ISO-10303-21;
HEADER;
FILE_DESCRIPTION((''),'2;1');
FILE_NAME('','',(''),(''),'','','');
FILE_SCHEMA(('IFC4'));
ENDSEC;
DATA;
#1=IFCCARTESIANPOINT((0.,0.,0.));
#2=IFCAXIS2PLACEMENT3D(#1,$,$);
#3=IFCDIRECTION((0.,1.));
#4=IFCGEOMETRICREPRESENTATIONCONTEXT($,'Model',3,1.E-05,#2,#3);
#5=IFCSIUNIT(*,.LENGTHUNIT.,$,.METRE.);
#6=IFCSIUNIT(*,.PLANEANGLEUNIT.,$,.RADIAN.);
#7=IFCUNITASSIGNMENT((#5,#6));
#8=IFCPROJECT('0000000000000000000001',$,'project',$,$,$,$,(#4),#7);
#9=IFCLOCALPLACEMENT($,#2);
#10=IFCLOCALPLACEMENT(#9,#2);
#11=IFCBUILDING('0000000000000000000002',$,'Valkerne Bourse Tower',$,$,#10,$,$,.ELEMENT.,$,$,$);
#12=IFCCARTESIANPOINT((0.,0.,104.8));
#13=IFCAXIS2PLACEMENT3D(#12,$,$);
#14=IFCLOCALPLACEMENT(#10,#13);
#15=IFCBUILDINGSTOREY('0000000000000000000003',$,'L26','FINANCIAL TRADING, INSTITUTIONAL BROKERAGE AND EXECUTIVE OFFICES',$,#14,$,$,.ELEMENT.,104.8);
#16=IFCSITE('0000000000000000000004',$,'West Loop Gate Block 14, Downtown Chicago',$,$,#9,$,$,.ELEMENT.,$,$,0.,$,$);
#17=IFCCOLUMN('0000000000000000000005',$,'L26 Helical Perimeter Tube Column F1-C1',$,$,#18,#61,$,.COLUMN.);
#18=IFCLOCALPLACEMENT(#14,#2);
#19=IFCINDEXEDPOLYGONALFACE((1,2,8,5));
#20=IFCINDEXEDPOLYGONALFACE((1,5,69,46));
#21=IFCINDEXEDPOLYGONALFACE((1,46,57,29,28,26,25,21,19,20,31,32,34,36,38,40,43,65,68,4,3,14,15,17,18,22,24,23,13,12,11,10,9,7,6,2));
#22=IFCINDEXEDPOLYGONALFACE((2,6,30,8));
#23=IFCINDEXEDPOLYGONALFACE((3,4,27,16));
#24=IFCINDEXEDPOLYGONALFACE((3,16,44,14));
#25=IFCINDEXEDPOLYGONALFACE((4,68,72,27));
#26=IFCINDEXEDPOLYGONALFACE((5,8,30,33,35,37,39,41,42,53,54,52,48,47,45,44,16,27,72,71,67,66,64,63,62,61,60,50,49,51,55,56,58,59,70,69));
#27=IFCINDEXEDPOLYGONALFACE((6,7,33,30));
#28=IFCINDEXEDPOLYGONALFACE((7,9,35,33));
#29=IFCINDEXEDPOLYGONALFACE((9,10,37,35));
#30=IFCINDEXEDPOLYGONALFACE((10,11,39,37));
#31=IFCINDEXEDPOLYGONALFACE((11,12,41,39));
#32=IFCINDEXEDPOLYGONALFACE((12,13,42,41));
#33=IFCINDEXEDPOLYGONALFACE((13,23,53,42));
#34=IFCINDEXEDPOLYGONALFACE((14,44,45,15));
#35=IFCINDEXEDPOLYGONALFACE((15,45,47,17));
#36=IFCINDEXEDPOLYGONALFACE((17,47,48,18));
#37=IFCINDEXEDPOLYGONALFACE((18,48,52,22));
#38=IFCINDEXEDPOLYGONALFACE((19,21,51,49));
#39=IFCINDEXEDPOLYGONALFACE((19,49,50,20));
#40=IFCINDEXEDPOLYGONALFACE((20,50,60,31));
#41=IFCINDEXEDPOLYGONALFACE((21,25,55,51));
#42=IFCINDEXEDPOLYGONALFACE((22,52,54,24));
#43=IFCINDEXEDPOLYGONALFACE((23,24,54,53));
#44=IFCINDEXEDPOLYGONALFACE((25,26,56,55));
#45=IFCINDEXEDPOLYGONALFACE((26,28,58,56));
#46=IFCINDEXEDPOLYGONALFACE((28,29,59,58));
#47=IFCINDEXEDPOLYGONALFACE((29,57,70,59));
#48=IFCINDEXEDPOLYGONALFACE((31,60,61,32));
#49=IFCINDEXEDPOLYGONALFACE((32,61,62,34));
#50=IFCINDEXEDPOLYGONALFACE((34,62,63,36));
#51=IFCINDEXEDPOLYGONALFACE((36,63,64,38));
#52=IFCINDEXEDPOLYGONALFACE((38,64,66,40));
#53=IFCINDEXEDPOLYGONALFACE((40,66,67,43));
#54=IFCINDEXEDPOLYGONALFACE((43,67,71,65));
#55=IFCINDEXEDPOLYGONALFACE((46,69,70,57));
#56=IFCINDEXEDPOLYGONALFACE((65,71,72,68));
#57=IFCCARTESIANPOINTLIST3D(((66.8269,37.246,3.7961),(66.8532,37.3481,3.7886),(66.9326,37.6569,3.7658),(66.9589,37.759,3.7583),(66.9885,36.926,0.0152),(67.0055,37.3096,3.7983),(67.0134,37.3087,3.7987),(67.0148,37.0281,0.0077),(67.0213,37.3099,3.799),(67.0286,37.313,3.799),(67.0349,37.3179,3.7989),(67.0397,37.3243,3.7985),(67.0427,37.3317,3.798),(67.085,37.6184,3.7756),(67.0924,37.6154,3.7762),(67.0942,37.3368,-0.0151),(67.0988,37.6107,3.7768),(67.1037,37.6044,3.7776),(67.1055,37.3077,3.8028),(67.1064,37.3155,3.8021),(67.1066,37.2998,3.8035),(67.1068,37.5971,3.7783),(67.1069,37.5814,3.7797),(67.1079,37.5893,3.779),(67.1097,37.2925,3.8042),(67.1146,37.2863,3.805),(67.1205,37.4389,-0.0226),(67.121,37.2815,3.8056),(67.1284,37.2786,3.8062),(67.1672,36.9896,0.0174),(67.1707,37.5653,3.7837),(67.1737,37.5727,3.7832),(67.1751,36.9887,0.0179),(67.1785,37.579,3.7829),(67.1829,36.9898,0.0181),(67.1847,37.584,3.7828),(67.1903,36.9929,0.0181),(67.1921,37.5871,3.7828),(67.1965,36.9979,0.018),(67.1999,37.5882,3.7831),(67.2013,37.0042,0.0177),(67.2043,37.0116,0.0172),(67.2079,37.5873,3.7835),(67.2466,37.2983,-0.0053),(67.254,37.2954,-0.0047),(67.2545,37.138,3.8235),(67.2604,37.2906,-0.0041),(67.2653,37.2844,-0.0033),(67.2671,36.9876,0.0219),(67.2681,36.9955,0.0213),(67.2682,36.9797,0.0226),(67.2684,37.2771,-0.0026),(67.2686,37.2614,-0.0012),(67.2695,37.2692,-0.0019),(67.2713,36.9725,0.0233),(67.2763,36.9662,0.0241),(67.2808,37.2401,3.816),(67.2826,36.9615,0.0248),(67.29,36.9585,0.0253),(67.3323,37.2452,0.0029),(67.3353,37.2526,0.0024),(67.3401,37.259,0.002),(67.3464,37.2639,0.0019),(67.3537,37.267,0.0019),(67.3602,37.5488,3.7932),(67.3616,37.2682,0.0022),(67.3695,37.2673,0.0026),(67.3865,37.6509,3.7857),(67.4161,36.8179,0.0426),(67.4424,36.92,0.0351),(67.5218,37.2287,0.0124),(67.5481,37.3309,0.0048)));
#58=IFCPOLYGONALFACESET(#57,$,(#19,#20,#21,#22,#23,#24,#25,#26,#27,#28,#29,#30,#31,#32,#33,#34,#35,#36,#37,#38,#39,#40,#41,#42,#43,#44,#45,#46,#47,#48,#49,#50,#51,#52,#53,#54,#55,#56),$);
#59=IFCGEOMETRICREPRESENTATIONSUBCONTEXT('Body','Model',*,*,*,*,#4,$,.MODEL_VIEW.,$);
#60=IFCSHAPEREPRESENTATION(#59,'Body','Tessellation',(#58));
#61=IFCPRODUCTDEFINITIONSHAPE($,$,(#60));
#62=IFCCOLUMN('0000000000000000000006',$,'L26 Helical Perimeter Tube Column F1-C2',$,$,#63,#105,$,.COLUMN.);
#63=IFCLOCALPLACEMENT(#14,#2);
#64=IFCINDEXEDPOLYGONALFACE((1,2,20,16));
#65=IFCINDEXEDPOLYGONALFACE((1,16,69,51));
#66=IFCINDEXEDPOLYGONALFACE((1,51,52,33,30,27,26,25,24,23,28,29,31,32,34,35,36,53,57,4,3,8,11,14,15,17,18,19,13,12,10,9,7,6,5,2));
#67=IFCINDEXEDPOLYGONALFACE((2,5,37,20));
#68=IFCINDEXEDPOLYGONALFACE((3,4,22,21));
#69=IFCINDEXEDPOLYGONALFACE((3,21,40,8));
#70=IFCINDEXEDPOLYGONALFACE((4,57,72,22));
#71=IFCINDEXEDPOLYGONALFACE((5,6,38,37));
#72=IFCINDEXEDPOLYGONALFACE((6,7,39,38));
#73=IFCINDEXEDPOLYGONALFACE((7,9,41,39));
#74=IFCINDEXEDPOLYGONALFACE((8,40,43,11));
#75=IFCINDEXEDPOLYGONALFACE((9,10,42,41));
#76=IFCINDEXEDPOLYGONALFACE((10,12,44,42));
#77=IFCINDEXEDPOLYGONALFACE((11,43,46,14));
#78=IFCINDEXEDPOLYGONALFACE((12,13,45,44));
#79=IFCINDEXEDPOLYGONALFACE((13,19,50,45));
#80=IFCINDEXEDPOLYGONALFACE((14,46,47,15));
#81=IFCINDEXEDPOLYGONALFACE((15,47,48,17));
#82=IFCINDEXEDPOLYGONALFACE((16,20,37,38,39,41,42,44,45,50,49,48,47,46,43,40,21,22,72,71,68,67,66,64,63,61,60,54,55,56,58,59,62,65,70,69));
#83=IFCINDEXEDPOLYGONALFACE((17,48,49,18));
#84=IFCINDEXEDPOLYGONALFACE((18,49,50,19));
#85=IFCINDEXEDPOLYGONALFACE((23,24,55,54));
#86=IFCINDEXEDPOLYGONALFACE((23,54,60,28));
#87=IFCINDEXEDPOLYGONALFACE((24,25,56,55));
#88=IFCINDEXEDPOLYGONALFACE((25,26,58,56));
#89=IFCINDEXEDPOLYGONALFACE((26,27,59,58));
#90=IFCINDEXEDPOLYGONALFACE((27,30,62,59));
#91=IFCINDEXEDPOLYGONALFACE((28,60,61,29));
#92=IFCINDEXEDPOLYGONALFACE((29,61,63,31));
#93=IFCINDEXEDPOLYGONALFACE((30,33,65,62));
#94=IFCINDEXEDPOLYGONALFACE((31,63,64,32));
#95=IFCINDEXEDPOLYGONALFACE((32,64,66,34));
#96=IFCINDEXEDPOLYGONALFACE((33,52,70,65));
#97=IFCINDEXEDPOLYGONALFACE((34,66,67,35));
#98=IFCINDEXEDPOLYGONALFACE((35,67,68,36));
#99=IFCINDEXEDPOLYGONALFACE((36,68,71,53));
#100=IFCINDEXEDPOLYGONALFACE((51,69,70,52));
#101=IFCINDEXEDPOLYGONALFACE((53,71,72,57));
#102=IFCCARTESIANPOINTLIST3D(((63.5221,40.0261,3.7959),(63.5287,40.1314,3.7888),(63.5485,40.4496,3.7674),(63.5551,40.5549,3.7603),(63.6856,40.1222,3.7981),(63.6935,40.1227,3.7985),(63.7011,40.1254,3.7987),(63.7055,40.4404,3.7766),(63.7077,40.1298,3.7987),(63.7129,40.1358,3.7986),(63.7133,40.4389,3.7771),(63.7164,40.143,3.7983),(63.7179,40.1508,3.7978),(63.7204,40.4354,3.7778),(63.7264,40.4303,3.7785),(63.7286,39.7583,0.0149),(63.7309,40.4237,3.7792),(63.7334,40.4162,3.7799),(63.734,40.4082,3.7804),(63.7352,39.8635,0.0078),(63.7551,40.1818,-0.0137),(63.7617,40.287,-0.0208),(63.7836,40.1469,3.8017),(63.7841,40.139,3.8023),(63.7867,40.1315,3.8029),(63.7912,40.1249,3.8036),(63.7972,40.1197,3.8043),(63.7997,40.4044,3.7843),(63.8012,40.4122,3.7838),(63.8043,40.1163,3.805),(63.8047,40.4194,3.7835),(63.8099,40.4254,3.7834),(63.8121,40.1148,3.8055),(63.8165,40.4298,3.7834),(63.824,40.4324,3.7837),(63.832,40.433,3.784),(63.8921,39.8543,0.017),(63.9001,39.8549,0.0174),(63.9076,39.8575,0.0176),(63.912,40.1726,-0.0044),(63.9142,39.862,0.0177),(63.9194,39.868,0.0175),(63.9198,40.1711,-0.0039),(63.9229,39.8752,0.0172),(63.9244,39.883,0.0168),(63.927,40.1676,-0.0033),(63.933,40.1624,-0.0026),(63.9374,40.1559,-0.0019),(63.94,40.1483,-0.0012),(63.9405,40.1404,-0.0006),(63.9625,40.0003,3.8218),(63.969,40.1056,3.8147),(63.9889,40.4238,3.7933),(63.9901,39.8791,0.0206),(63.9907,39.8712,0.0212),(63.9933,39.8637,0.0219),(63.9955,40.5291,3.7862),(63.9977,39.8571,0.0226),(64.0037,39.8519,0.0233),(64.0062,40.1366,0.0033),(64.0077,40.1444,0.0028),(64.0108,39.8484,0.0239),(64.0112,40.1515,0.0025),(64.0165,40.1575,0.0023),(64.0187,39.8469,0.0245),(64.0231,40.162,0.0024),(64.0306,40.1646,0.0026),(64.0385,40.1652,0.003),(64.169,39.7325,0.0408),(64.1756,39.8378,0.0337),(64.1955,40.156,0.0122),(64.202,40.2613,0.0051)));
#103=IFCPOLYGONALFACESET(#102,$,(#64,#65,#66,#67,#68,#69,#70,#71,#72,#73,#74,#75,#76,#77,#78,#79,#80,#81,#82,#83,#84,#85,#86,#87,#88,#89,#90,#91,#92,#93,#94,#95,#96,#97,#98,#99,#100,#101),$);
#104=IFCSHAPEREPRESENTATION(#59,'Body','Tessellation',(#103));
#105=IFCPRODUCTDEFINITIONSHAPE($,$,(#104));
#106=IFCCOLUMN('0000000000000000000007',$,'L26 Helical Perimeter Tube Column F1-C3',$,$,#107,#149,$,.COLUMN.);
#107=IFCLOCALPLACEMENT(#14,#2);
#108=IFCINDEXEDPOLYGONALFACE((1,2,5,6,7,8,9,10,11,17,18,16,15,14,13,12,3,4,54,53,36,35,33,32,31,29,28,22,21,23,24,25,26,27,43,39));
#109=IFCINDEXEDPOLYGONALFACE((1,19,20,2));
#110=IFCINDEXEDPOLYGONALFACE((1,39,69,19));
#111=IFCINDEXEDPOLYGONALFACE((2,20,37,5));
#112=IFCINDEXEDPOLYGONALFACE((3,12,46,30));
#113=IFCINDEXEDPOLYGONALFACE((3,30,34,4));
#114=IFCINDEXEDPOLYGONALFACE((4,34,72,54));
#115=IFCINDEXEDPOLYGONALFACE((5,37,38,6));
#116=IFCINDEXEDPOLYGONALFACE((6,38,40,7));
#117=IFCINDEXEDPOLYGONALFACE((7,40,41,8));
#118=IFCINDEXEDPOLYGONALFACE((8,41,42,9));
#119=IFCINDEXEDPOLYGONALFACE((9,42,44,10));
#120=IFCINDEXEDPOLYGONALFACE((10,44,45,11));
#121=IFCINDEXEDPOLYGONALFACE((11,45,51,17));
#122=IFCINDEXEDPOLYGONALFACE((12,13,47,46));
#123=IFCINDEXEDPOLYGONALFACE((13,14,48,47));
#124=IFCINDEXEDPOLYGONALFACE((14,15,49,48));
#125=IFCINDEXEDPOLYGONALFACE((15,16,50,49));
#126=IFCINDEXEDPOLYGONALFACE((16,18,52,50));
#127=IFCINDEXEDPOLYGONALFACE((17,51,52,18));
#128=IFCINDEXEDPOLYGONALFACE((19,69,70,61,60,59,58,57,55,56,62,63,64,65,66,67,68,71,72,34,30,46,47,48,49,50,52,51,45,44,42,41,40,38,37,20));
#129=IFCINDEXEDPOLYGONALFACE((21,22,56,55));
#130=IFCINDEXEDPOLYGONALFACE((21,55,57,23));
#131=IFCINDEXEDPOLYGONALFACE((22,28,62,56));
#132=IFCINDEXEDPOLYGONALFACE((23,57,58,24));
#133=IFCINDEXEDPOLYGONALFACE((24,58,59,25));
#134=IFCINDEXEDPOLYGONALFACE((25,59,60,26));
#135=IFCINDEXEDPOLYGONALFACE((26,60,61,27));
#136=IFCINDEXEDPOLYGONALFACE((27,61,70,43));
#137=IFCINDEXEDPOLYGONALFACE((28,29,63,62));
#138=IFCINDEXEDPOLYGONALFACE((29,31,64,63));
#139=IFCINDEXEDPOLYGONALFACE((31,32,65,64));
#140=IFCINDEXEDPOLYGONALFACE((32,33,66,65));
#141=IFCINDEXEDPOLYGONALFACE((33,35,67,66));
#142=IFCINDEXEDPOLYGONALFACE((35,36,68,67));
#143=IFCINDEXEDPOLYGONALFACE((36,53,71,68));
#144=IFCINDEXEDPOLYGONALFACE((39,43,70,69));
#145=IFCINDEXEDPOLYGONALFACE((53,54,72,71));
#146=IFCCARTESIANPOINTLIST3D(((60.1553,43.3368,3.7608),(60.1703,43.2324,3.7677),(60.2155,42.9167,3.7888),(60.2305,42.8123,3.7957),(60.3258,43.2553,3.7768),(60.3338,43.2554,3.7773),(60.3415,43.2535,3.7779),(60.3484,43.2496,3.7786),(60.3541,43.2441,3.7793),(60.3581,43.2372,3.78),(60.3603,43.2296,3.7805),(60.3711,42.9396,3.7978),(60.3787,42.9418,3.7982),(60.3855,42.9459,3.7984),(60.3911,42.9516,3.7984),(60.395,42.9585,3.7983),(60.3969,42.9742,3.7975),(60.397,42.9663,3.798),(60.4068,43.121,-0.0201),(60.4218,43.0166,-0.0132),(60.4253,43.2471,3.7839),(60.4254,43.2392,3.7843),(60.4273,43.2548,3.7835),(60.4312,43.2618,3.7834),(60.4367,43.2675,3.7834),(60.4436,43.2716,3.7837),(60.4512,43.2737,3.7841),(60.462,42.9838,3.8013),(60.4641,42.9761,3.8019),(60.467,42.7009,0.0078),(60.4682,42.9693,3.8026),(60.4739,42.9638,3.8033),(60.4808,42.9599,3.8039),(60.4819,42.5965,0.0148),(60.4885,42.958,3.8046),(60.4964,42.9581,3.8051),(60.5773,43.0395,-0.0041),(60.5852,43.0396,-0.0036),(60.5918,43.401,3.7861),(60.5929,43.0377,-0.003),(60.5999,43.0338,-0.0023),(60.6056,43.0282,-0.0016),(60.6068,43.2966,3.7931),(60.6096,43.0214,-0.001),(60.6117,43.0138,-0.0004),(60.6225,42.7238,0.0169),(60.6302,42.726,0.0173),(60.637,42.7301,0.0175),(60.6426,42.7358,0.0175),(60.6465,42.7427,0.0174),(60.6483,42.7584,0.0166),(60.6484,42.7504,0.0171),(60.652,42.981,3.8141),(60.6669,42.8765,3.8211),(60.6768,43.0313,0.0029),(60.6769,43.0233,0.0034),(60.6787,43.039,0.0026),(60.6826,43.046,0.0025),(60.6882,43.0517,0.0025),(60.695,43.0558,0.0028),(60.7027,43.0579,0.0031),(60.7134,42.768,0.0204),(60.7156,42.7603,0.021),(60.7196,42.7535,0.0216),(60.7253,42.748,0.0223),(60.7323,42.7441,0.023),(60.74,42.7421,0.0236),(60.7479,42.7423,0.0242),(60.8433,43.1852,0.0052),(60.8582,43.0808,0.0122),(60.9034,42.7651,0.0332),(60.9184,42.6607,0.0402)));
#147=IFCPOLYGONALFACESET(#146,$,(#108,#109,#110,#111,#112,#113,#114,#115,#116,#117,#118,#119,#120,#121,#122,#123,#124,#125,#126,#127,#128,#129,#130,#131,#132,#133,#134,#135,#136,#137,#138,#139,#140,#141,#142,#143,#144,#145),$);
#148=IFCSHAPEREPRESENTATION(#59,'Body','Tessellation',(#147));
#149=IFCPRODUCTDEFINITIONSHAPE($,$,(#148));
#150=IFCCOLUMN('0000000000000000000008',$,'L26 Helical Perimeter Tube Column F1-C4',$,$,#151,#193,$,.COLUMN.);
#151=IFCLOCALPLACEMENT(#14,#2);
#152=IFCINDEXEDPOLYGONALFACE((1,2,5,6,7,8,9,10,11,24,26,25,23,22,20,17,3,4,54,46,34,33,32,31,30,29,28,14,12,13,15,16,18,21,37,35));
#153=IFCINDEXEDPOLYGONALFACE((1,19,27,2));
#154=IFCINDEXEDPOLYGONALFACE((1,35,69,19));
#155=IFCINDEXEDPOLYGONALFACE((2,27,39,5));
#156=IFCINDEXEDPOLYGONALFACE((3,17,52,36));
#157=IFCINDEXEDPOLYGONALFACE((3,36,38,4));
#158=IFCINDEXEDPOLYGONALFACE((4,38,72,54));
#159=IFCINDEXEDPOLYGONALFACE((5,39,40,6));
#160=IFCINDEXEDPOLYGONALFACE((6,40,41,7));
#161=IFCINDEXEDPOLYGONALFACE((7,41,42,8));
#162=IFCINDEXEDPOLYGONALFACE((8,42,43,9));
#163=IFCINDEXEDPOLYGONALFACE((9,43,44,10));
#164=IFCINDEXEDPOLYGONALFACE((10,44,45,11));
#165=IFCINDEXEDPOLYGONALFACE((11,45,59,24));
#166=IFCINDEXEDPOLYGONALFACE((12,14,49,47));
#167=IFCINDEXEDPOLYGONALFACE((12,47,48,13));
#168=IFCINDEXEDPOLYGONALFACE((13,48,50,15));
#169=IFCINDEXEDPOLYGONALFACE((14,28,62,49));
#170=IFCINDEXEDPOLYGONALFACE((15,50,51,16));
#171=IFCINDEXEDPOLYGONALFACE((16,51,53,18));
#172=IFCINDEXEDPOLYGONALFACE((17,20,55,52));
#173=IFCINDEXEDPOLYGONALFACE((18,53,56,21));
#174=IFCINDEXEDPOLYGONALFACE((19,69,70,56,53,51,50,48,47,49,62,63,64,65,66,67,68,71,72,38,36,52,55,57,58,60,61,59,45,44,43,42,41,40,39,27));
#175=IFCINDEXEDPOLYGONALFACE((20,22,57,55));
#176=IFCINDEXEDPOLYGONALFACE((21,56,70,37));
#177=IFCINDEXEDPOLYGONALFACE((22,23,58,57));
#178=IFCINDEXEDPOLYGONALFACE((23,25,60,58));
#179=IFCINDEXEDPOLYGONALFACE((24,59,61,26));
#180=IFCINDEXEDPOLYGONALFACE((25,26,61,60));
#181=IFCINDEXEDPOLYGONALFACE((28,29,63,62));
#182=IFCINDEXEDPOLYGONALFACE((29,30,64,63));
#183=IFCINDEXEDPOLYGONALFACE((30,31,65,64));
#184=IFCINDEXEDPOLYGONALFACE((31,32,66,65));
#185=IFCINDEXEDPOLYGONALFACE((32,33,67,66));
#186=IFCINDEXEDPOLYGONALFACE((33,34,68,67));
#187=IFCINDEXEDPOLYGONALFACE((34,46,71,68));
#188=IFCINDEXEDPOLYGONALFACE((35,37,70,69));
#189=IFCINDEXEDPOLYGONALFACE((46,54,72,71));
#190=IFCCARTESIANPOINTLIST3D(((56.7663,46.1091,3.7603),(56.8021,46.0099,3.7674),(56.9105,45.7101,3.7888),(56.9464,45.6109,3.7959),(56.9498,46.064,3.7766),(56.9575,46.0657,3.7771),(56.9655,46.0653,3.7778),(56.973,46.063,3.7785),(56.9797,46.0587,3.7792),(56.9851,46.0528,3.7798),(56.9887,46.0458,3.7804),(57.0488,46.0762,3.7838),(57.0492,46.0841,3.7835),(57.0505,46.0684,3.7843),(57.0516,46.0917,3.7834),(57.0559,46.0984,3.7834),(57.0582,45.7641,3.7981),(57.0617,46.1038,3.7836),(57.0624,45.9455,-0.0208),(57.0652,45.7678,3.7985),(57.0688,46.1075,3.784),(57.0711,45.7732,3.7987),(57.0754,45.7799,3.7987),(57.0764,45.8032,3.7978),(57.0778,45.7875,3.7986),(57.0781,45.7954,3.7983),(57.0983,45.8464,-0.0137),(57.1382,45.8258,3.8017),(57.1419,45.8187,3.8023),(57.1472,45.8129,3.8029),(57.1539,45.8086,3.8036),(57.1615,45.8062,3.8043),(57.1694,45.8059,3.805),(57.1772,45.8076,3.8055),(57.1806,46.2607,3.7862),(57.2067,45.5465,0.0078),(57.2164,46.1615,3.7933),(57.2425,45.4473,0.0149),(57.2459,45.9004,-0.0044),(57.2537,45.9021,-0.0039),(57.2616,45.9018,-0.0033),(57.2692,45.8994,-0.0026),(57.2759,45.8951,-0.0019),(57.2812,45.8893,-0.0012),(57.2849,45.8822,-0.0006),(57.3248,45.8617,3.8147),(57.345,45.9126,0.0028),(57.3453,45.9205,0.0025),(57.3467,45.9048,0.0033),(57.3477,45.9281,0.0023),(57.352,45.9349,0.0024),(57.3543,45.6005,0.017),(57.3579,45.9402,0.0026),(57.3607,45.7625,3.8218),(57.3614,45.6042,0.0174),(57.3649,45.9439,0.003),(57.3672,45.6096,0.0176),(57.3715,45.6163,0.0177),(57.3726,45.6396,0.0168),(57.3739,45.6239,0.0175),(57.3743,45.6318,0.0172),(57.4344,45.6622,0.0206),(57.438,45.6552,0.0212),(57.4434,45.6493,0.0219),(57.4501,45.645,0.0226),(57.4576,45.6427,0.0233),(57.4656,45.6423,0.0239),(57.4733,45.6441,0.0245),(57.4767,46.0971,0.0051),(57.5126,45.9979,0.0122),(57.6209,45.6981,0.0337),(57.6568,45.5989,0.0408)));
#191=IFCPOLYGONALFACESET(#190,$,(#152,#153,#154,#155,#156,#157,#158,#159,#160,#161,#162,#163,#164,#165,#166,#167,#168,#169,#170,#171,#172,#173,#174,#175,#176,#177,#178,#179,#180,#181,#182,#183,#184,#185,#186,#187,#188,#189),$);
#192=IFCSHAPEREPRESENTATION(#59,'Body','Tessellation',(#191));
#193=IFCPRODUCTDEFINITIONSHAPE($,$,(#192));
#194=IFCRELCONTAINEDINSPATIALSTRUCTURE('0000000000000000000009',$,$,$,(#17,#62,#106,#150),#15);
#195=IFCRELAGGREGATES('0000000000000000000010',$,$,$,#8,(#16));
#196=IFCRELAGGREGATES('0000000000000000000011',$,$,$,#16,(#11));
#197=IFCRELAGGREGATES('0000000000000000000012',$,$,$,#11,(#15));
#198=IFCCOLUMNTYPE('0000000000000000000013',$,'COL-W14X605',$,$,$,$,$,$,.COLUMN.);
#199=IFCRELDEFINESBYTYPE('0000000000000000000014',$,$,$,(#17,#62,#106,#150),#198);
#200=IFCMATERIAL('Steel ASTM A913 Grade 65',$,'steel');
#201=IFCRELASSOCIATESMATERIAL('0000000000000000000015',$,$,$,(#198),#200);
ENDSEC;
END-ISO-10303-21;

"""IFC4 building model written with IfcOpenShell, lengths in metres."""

from ifc_helpers import new_model, si_unit, direction, frame, origin, origin_2d, place, context, subcontext, project, spatial, i_section, extrude, material, material_profile, profile_set, type_object, element, save


model = new_model("IFC4")

# Units and contexts
model_context = context("Model", 3, precision=1e-05, world=origin(), true_north=direction((0.0, 1.0)))
body_context = subcontext(model_context, "Body", "Model", "MODEL_VIEW")
ifc_project = project(units=[si_unit("LENGTHUNIT", "METRE"), si_unit("PLANEANGLEUNIT", "RADIAN")], contexts=[model_context])

# Site, building, storey
site_placement = place(None, origin())
site = spatial("IfcSite", under=ifc_project, at=site_placement, Name="West Loop Gate Block 14, Downtown Chicago", CompositionType="ELEMENT", RefElevation=0.0)
building_placement = place(site_placement, origin())
building = spatial("IfcBuilding", under=site, at=building_placement, Name="Valkerne Bourse Tower", CompositionType="ELEMENT")
storey_placement = place(building_placement, frame((0.0, 0.0, 104.8)))
storey = spatial("IfcBuildingStorey", under=building, at=storey_placement, Name="L26", Description="FINANCIAL TRADING, INSTITUTIONAL BROKERAGE AND EXECUTIVE OFFICES", CompositionType="ELEMENT", Elevation=104.8)

# Columns
ifc_material_1 = material(Name="Steel ASTM A913 Grade 65", Category="steel")
ifc_material_profile_1 = material_profile(ifc_material_1, i_section(OverallWidth=0.4419, OverallDepth=0.531, WebThickness=0.0659, FlangeThickness=0.1057, FilletRadius=0.0305, at=origin_2d()), Name="W14X605")
ifc_profile_set_1 = profile_set([ifc_material_profile_1], Name="Steel ASTM A913 Grade 65")
column_type = type_object("IfcColumnType", Name="COL-W14X605", PredefinedType="COLUMN", material=ifc_profile_set_1)
column_1_placement = place(storey_placement, frame((67.2683, 37.1284, 0.01), z_axis=(-0.042555, 0.084274, 0.995534), x_axis=(0.967657, -0.244516, 0.062062)))
element("IfcColumn", 1, at=column_1_placement, inside=storey, type_object=column_type, Name="L26 Helical Perimeter Tube Column F1-C1", PredefinedType="COLUMN", context=body_context, shape_type="SweptSolid", body=[
    extrude(i_section(OverallWidth=0.4419, OverallDepth=0.531, WebThickness=0.0659, FlangeThickness=0.1057, FilletRadius=0.0305, at=origin_2d()), origin(), (0.0, 0.0, 1.0), 3.7979),
])
column_2_placement = place(storey_placement, frame((63.9653, 40.0098, 0.01), z_axis=(-0.054409, 0.070552, 0.996023), x_axis=(0.99658, -0.058295, 0.058569)))
element("IfcColumn", 2, at=column_2_placement, inside=storey, type_object=column_type, Name="L26 Helical Perimeter Tube Column F1-C2", PredefinedType="COLUMN", context=body_context, shape_type="SweptSolid", body=[
    extrude(i_section(OverallWidth=0.4419, OverallDepth=0.531, WebThickness=0.0659, FlangeThickness=0.1057, FilletRadius=0.0305, at=origin_2d()), origin(), (0.0, 0.0, 1.0), 3.7961),
])
column_3_placement = place(storey_placement, frame((60.6626, 42.8909, 0.01), z_axis=(-0.066253, 0.056862, 0.996181), x_axis=(0.987716, 0.145336, 0.057395)))
element("IfcColumn", 3, at=column_3_placement, inside=storey, type_object=column_type, Name="L26 Helical Perimeter Tube Column F1-C3", PredefinedType="COLUMN", context=body_context, shape_type="SweptSolid", body=[
    extrude(i_section(OverallWidth=0.4419, OverallDepth=0.531, WebThickness=0.0659, FlangeThickness=0.1057, FilletRadius=0.0305, at=origin_2d()), origin(), (0.0, 0.0, 1.0), 3.7954),
])
column_4_placement = place(storey_placement, frame((57.3596, 45.7722, 0.01), z_axis=(-0.078012, 0.04309, 0.996021), x_axis=(0.937487, 0.343055, 0.058586)))
element("IfcColumn", 4, at=column_4_placement, inside=storey, type_object=column_type, Name="L26 Helical Perimeter Tube Column F1-C4", PredefinedType="COLUMN", context=body_context, shape_type="SweptSolid", body=[
    extrude(i_section(OverallWidth=0.4419, OverallDepth=0.531, WebThickness=0.0659, FlangeThickness=0.1057, FilletRadius=0.0305, at=origin_2d()), origin(), (0.0, 0.0, 1.0), 3.7961),
])

save(model, "model.ifc")
